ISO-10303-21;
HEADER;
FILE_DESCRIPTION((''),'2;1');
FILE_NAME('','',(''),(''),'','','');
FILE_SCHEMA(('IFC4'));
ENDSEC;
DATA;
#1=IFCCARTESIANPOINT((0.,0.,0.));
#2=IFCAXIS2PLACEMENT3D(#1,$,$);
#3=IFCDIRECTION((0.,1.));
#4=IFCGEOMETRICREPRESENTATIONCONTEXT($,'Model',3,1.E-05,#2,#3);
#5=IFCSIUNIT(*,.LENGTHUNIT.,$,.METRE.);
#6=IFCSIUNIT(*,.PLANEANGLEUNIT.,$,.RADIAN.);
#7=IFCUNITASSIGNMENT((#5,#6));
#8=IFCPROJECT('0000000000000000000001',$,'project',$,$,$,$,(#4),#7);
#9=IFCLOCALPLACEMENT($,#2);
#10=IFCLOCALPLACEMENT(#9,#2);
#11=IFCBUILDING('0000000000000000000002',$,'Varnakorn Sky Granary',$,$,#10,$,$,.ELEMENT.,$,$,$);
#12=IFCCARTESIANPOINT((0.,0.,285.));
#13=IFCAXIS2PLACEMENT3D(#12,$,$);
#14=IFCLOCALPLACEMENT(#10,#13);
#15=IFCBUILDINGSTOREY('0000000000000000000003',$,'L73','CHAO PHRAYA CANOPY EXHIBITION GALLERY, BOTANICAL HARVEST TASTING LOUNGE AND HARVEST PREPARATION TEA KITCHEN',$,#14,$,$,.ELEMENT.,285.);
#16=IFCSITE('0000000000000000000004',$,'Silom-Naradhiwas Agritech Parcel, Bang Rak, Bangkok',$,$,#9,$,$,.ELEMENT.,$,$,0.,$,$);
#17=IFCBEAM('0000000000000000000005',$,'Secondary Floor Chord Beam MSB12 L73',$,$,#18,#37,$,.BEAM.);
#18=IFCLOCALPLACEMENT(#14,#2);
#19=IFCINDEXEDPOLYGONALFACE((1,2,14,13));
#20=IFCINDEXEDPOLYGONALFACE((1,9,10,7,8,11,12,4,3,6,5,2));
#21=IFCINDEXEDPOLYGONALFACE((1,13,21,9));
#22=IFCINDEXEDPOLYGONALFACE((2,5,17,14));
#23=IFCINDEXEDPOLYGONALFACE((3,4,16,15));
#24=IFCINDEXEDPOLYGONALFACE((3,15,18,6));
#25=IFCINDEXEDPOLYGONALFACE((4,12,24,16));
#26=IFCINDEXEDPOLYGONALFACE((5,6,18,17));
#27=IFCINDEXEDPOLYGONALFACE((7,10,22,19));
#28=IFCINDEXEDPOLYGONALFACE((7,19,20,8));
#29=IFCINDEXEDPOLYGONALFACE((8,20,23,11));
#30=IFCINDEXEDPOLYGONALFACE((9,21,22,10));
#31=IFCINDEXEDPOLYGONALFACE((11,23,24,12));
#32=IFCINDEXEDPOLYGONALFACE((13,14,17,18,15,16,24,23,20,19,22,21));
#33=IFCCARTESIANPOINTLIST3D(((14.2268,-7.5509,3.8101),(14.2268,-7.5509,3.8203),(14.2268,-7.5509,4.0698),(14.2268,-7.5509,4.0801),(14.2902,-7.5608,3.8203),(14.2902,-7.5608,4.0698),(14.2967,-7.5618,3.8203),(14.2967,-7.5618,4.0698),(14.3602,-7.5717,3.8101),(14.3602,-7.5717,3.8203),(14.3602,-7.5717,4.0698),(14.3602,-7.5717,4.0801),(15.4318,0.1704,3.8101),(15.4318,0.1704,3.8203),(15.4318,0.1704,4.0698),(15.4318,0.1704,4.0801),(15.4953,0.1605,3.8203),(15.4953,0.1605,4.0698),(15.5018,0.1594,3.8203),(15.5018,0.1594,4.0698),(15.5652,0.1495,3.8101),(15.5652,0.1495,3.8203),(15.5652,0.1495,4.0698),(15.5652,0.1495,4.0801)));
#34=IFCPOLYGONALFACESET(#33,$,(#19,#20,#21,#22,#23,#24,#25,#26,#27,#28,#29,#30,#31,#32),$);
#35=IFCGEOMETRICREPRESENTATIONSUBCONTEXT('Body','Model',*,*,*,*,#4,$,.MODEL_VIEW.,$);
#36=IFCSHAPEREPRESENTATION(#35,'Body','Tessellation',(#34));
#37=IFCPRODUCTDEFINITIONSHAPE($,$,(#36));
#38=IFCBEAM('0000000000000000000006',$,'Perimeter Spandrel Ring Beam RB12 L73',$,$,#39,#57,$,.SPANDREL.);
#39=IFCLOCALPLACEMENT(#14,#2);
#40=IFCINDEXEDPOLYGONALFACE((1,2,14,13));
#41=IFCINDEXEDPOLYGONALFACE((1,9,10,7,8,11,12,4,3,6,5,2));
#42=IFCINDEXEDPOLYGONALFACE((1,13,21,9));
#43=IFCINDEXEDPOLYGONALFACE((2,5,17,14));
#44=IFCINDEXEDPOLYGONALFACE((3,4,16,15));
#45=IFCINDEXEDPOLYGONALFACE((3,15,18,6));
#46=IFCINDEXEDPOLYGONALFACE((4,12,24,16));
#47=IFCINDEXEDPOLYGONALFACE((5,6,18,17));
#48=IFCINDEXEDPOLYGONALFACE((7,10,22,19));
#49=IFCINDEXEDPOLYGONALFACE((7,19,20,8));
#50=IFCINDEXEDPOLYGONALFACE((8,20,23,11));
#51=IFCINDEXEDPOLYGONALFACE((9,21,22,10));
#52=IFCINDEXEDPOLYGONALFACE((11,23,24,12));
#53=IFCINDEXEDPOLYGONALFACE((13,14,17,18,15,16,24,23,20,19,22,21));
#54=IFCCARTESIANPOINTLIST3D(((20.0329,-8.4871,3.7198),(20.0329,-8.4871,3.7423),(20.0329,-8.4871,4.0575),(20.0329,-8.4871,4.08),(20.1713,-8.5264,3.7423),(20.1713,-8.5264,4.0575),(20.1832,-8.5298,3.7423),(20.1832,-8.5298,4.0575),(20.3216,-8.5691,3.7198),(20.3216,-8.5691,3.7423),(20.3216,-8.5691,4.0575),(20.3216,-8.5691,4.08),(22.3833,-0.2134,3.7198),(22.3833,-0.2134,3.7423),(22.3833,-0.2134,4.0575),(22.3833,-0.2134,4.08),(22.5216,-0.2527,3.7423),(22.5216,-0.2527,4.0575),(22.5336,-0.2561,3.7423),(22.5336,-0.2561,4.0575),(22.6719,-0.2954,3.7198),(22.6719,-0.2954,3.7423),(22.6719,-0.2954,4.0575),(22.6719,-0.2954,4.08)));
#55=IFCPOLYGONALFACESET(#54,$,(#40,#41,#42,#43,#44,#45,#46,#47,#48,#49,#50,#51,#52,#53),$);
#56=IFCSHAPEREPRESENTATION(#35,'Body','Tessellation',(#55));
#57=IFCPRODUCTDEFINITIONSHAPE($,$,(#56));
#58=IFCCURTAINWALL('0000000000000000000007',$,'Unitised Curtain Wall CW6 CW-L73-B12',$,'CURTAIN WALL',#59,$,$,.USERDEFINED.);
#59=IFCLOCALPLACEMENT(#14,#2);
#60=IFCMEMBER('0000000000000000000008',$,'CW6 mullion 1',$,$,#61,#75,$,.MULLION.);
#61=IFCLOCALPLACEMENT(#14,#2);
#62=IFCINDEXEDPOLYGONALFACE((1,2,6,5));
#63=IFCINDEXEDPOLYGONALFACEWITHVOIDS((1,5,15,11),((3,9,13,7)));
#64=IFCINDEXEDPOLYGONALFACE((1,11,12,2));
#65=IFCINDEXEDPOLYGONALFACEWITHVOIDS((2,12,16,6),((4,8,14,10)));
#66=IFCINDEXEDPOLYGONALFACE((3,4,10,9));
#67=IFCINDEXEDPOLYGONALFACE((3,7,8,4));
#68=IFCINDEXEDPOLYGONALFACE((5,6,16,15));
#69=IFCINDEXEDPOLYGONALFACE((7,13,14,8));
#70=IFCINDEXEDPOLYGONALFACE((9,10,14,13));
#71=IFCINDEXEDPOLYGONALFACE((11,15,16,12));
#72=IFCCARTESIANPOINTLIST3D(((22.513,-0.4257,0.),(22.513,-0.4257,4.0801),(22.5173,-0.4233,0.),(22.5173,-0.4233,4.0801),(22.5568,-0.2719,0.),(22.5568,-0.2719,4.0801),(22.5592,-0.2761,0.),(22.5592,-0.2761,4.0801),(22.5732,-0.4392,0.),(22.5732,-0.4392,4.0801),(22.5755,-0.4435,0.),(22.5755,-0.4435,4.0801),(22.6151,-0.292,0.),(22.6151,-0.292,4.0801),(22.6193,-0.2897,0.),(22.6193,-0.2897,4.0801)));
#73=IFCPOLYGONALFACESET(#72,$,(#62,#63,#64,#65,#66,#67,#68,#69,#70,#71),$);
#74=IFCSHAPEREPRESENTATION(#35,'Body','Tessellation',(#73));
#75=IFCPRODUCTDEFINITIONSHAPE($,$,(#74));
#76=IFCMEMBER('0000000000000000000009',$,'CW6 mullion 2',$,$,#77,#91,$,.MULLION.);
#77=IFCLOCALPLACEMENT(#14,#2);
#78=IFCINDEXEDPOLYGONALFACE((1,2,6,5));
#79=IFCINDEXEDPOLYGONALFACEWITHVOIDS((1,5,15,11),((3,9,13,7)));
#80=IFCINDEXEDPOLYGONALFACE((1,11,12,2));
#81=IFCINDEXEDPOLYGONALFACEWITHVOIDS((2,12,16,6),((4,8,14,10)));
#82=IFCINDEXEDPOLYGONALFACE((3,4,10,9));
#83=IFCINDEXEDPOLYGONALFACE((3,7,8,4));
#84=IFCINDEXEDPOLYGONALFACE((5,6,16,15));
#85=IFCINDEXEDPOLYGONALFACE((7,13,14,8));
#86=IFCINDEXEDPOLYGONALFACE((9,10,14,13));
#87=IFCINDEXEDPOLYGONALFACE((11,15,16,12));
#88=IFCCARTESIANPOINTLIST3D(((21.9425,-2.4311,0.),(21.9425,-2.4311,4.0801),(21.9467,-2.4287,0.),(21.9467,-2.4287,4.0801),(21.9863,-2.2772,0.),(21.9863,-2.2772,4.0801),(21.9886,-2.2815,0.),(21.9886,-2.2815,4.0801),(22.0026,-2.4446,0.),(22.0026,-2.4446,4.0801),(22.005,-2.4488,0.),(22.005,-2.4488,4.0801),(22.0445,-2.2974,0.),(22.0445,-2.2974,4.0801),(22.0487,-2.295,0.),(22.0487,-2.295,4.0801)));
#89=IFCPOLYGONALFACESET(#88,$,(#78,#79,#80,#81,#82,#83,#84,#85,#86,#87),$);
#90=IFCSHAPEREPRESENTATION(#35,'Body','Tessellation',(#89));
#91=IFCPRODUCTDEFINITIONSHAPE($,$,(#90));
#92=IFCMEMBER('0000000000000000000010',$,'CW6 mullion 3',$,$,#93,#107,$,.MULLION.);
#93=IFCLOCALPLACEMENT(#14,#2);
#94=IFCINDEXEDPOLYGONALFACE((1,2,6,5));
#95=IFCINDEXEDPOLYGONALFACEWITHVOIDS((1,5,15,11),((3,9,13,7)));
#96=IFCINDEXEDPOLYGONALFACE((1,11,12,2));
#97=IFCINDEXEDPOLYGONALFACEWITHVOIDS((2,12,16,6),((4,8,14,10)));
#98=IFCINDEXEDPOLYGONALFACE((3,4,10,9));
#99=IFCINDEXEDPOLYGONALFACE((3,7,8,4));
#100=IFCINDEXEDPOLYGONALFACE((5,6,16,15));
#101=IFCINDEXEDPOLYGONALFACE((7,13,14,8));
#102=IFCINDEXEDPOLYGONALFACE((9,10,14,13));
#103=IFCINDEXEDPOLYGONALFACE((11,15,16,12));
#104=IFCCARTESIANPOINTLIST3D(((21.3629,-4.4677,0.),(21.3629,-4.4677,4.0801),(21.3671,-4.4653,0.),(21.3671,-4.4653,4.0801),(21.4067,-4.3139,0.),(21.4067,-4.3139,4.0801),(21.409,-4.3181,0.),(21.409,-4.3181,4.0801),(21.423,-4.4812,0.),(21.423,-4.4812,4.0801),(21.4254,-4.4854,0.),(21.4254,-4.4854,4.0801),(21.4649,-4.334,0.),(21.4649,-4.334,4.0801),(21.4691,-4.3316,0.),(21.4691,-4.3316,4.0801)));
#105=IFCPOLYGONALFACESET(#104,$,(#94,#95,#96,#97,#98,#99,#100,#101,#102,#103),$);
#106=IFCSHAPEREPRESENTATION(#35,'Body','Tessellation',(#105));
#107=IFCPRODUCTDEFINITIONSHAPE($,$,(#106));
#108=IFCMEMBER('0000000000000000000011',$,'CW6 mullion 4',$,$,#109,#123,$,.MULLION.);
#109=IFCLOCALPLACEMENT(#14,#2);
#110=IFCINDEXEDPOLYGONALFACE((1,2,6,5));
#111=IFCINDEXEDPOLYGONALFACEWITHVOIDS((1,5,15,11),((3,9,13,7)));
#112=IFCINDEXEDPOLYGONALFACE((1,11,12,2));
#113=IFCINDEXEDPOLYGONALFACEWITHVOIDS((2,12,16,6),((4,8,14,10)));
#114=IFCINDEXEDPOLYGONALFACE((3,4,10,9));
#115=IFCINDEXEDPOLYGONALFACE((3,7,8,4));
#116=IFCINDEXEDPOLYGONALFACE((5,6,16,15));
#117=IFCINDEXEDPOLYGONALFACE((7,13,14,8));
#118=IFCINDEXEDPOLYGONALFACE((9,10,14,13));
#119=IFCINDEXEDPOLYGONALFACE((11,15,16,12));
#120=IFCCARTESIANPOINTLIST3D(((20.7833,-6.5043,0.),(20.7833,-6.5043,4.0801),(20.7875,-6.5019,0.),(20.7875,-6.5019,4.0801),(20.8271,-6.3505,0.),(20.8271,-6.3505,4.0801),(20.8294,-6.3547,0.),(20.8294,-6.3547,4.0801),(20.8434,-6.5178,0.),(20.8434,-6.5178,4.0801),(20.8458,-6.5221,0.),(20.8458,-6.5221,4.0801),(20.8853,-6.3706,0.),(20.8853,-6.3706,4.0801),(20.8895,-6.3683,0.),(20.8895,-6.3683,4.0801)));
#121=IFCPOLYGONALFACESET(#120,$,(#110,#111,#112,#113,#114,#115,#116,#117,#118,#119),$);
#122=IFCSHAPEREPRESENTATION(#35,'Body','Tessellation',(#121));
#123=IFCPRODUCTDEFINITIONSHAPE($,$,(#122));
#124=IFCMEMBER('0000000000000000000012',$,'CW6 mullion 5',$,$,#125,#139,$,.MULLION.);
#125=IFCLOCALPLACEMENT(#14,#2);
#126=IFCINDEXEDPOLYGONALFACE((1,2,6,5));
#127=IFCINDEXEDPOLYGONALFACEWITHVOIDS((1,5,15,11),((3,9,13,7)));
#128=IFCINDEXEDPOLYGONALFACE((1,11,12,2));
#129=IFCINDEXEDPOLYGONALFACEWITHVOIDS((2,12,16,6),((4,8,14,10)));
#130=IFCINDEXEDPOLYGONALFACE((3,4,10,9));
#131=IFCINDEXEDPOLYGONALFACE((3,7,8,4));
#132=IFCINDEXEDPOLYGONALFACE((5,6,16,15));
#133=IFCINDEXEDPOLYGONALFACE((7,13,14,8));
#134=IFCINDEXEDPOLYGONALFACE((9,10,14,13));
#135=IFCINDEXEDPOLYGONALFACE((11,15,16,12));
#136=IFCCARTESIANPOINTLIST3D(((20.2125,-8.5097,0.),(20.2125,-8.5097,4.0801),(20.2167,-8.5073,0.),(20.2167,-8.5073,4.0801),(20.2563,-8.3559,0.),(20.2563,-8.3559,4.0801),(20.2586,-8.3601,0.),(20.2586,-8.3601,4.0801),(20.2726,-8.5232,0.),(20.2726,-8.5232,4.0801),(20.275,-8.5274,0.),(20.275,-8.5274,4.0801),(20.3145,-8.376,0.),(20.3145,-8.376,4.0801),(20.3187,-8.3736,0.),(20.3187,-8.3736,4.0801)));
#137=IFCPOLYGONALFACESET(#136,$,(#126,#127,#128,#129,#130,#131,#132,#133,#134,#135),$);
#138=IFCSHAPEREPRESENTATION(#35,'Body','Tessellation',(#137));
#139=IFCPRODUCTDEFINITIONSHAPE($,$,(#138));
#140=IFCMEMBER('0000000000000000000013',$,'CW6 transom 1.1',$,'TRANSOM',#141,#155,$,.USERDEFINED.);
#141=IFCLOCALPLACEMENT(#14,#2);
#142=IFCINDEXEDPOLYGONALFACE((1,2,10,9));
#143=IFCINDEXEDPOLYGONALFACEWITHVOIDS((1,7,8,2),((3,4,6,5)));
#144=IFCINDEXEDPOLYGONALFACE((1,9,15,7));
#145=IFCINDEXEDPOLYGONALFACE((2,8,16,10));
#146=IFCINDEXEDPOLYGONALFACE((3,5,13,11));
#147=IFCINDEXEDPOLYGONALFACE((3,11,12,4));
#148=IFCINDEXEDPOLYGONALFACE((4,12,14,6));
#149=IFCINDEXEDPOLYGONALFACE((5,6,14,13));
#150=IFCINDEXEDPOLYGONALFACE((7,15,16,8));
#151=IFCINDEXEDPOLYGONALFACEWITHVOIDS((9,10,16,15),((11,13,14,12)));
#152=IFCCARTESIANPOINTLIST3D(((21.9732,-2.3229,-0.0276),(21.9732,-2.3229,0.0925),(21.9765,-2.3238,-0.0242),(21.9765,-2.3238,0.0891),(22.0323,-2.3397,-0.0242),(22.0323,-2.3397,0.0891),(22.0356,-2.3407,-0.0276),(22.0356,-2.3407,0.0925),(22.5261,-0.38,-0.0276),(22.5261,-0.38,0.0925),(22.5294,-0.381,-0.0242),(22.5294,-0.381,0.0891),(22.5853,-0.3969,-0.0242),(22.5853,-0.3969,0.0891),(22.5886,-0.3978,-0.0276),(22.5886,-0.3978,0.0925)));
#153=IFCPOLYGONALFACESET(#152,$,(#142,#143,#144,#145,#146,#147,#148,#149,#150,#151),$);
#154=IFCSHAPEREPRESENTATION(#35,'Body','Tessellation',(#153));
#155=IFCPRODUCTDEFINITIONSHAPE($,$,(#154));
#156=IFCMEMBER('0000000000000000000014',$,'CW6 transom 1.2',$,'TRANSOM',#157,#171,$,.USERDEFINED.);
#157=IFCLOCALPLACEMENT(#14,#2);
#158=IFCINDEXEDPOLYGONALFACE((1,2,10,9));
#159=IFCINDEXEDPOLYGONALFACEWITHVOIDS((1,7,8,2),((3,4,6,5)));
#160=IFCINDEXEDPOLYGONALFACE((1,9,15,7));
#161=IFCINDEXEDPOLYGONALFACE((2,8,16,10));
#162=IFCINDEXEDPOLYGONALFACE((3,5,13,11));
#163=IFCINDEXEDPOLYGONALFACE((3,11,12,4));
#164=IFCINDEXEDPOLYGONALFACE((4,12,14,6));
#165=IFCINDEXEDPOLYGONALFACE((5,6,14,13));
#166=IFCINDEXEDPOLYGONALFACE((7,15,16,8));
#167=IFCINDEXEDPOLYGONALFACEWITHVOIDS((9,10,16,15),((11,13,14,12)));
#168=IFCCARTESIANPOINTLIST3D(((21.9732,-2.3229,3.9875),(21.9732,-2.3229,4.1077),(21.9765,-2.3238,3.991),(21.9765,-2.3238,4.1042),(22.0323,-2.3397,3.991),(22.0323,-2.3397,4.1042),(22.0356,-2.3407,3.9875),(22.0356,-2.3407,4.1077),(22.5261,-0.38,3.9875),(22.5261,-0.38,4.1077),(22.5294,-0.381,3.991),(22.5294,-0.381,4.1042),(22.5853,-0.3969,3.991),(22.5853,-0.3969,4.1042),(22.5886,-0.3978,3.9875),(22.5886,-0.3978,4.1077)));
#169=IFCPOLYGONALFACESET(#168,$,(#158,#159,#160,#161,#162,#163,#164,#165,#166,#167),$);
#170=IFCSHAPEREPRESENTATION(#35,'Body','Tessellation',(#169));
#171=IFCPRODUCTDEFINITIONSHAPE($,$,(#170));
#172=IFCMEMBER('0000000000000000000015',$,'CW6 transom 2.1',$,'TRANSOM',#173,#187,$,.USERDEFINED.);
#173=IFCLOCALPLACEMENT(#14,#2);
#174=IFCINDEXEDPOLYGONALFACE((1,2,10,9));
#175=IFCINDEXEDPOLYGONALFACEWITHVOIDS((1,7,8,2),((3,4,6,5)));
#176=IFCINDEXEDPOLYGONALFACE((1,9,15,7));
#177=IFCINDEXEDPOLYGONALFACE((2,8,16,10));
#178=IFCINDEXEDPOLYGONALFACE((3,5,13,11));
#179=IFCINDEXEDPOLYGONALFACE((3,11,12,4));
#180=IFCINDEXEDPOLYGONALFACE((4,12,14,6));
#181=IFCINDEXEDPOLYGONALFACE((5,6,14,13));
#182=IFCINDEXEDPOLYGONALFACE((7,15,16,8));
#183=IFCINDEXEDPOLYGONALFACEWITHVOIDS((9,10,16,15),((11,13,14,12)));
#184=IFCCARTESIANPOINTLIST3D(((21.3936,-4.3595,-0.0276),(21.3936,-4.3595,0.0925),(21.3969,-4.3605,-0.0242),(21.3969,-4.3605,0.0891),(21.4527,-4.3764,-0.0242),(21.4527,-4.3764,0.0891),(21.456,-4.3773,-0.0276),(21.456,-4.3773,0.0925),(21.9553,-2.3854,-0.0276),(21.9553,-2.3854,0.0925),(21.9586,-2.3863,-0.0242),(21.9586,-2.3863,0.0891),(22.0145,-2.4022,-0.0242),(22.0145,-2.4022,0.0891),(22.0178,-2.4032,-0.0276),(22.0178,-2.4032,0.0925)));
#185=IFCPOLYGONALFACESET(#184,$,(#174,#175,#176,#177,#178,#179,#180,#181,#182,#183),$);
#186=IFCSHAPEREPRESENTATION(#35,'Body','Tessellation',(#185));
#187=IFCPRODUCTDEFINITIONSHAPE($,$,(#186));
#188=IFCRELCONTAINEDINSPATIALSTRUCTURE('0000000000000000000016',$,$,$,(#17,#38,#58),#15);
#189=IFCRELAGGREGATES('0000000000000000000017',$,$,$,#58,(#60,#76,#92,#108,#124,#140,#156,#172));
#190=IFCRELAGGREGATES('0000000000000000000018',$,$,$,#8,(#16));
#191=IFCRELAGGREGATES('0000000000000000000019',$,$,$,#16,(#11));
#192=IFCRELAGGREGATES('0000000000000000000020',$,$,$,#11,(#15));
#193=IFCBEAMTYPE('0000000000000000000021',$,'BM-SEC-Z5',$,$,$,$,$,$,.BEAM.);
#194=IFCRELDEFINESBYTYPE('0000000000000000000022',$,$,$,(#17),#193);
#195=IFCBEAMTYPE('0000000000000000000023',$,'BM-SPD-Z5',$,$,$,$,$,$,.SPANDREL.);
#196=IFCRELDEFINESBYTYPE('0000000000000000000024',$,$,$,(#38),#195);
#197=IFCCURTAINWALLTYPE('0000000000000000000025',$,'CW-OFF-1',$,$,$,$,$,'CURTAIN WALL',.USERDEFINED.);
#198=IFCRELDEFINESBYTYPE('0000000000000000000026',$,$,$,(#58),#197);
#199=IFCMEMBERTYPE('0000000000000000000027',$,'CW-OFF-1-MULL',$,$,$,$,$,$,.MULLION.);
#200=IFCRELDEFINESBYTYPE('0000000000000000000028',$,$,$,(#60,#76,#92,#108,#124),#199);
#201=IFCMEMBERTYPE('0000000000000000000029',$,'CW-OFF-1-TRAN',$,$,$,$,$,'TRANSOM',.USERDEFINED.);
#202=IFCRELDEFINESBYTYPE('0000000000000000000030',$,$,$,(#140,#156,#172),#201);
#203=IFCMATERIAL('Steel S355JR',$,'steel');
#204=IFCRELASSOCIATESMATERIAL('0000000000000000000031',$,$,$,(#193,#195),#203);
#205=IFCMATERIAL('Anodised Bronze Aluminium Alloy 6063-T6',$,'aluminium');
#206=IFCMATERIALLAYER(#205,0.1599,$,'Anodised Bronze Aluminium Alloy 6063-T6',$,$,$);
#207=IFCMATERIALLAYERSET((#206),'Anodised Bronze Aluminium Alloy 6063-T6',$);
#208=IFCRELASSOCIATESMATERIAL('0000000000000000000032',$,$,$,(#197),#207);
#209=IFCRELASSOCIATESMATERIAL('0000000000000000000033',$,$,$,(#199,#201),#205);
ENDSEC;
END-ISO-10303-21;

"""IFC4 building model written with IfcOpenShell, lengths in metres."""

from ifc_helpers import new_model, si_unit, direction, frame, origin, origin_2d, place, context, subcontext, project, spatial, hollow_rectangle, i_section, extrude, material, layer, layer_set, material_profile, profile_set, type_object, element, aggregate, save


model = new_model("IFC4")

# Units and contexts
model_context = context("Model", 3, precision=1e-05, world=origin(), true_north=direction((0.0, 1.0)))
body_context = subcontext(model_context, "Body", "Model", "MODEL_VIEW")
ifc_project = project(units=[si_unit("LENGTHUNIT", "METRE"), si_unit("PLANEANGLEUNIT", "RADIAN")], contexts=[model_context])

# Site, building, storey
site_placement = place(None, origin())
site = spatial("IfcSite", under=ifc_project, at=site_placement, Name="Silom-Naradhiwas Agritech Parcel, Bang Rak, Bangkok", CompositionType="ELEMENT", RefElevation=0.0)
building_placement = place(site_placement, origin())
building = spatial("IfcBuilding", under=site, at=building_placement, Name="Varnakorn Sky Granary", CompositionType="ELEMENT")
storey_placement = place(building_placement, frame((0.0, 0.0, 285.0)))
storey = spatial("IfcBuildingStorey", under=building, at=storey_placement, Name="L73", Description="CHAO PHRAYA CANOPY EXHIBITION GALLERY, BOTANICAL HARVEST TASTING LOUNGE AND HARVEST PREPARATION TEA KITCHEN", CompositionType="ELEMENT", Elevation=285.0)

# Beams
ifc_material_1 = material(Name="Steel S355JR", Category="steel")
ifc_material_profile_1 = material_profile(ifc_material_1, i_section(OverallWidth=0.135, OverallDepth=0.27, WebThickness=0.0066, FlangeThickness=0.0103, at=origin_2d()), Name="IPE 270")
ifc_profile_set_1 = profile_set([ifc_material_profile_1], Name="Steel S355JR")
beam_type_1 = type_object("IfcBeamType", Name="BM-SEC-Z5", PredefinedType="BEAM", material=ifc_profile_set_1)
beam_1_placement = place(storey_placement, frame((14.2935, -7.5613, 3.9451), z_axis=(0.154207, 0.988039, 0.0), x_axis=(-0.988039, 0.154207, 0.0)))
element("IfcBeam", 1, at=beam_1_placement, inside=storey, type_object=beam_type_1, Name="Secondary Floor Chord Beam MSB12 L73", PredefinedType="BEAM", context=body_context, shape_type="SweptSolid", body=[
    extrude(i_section(OverallWidth=0.135, OverallDepth=0.27, WebThickness=0.0066, FlangeThickness=0.0103, at=origin_2d()), origin(), (0.0, 0.0, 1.0), 7.8147),
])
ifc_material_profile_2 = material_profile(ifc_material_1, i_section(OverallWidth=0.3, OverallDepth=0.3601, WebThickness=0.0125, FlangeThickness=0.0225, at=origin_2d()), Name="HE 360 B")
ifc_profile_set_2 = profile_set([ifc_material_profile_2], Name="Steel S355JR")
beam_type_2 = type_object("IfcBeamType", Name="BM-SPD-Z5", PredefinedType="SPANDREL", material=ifc_profile_set_2)
beam_2_placement = place(storey_placement, frame((20.1772, -8.5281, 3.8999), z_axis=(0.273262, 0.96194, 0.0), x_axis=(-0.96194, 0.273262, 0.0)))
element("IfcBeam", 2, at=beam_2_placement, inside=storey, type_object=beam_type_2, Name="Perimeter Spandrel Ring Beam RB12 L73", PredefinedType="SPANDREL", context=body_context, shape_type="SweptSolid", body=[
    extrude(i_section(OverallWidth=0.3, OverallDepth=0.3601, WebThickness=0.0125, FlangeThickness=0.0225, at=origin_2d()), origin(), (0.0, 0.0, 1.0), 8.6011),
])

# Curtain wall, members
ifc_material_2 = material(Name="Anodised Bronze Aluminium Alloy 6063-T6", Category="aluminium")
ifc_layer_1 = layer(ifc_material_2, 0.1599, Name="Anodised Bronze Aluminium Alloy 6063-T6")
ifc_layer_set_1 = layer_set([ifc_layer_1], Name="Anodised Bronze Aluminium Alloy 6063-T6")
curtain_wall_type = type_object("IfcCurtainWallType", Name="CW-OFF-1", ElementType="CURTAIN WALL", PredefinedType="USERDEFINED", material=ifc_layer_set_1)
curtain_wall_placement = place(storey_placement, origin())
curtain_wall = element("IfcCurtainWall", 3, at=curtain_wall_placement, inside=storey, type_object=curtain_wall_type, Name="Unitised Curtain Wall CW6 CW-L73-B12", ObjectType="CURTAIN WALL", PredefinedType="USERDEFINED")
ifc_material_profile_3 = material_profile(ifc_material_2, hollow_rectangle(XDim=0.0649, YDim=0.1599, WallThickness=0.0034, at=origin_2d()), Name="ALU MULL 65x160")
ifc_profile_set_3 = profile_set([ifc_material_profile_3], Name="Anodised Bronze Aluminium Alloy 6063-T6")
member_type_1 = type_object("IfcMemberType", Name="CW-OFF-1-MULL", PredefinedType="MULLION", material=ifc_profile_set_3)
member_1_placement = place(storey_placement, frame((22.5662, -0.3577, 0.0), z_axis=(0.0, 0.0, 1.0), x_axis=(0.961813, -0.273709, 0.0)))
member_1 = element("IfcMember", 4, at=member_1_placement, type_object=member_type_1, Name="CW6 mullion 1", PredefinedType="MULLION", context=body_context, shape_type="SweptSolid", body=[
    extrude(hollow_rectangle(XDim=0.0649, YDim=0.1599, WallThickness=0.0034, at=origin_2d()), origin(), (0.0, 0.0, 1.0), 4.0801),
])
member_2_placement = place(storey_placement, frame((21.9956, -2.363, 0.0), z_axis=(0.0, 0.0, 1.0), x_axis=(0.961813, -0.273709, 0.0)))
member_2 = element("IfcMember", 5, at=member_2_placement, type_object=member_type_1, Name="CW6 mullion 2", PredefinedType="MULLION", context=body_context, shape_type="SweptSolid", body=[
    extrude(hollow_rectangle(XDim=0.0649, YDim=0.1599, WallThickness=0.0034, at=origin_2d()), origin(), (0.0, 0.0, 1.0), 4.0801),
])
member_3_placement = place(storey_placement, frame((21.416, -4.3997, 0.0), z_axis=(0.0, 0.0, 1.0), x_axis=(0.961813, -0.273709, 0.0)))
member_3 = element("IfcMember", 6, at=member_3_placement, type_object=member_type_1, Name="CW6 mullion 3", PredefinedType="MULLION", context=body_context, shape_type="SweptSolid", body=[
    extrude(hollow_rectangle(XDim=0.0649, YDim=0.1599, WallThickness=0.0034, at=origin_2d()), origin(), (0.0, 0.0, 1.0), 4.0801),
])
member_4_placement = place(storey_placement, frame((20.8364, -6.4363, 0.0), z_axis=(0.0, 0.0, 1.0), x_axis=(0.961813, -0.273709, 0.0)))
member_4 = element("IfcMember", 7, at=member_4_placement, type_object=member_type_1, Name="CW6 mullion 4", PredefinedType="MULLION", context=body_context, shape_type="SweptSolid", body=[
    extrude(hollow_rectangle(XDim=0.0649, YDim=0.1599, WallThickness=0.0034, at=origin_2d()), origin(), (0.0, 0.0, 1.0), 4.0801),
])
member_5_placement = place(storey_placement, frame((20.2656, -8.4417, 0.0), z_axis=(0.0, 0.0, 1.0), x_axis=(0.961813, -0.273709, 0.0)))
member_5 = element("IfcMember", 8, at=member_5_placement, type_object=member_type_1, Name="CW6 mullion 5", PredefinedType="MULLION", context=body_context, shape_type="SweptSolid", body=[
    extrude(hollow_rectangle(XDim=0.0649, YDim=0.1599, WallThickness=0.0034, at=origin_2d()), origin(), (0.0, 0.0, 1.0), 4.0801),
])
ifc_material_profile_4 = material_profile(ifc_material_2, hollow_rectangle(XDim=0.0649, YDim=0.1201, WallThickness=0.0034, at=origin_2d()), Name="ALU TRAN 65x120")
ifc_profile_set_4 = profile_set([ifc_material_profile_4], Name="Anodised Bronze Aluminium Alloy 6063-T6")
member_type_2 = type_object("IfcMemberType", Name="CW-OFF-1-TRAN", ElementType="TRANSOM", PredefinedType="USERDEFINED", material=ifc_profile_set_4)
member_6_placement = place(storey_placement, frame((22.5574, -0.3889, 0.0325), z_axis=(-0.273747, -0.961802, 0.0), x_axis=(0.961802, -0.273747, 0.0)))
member_6 = element("IfcMember", 9, at=member_6_placement, type_object=member_type_2, Name="CW6 transom 1.1", ObjectType="TRANSOM", PredefinedType="USERDEFINED", context=body_context, shape_type="SweptSolid", body=[
    extrude(hollow_rectangle(XDim=0.0649, YDim=0.1201, WallThickness=0.0034, at=origin_2d()), origin(), (0.0, 0.0, 1.0), 2.02),
])
member_7_placement = place(storey_placement, frame((22.5574, -0.3889, 4.0476), z_axis=(-0.273747, -0.961802, 0.0), x_axis=(0.961802, -0.273747, 0.0)))
member_7 = element("IfcMember", 10, at=member_7_placement, type_object=member_type_2, Name="CW6 transom 1.2", ObjectType="TRANSOM", PredefinedType="USERDEFINED", context=body_context, shape_type="SweptSolid", body=[
    extrude(hollow_rectangle(XDim=0.0649, YDim=0.1201, WallThickness=0.0034, at=origin_2d()), origin(), (0.0, 0.0, 1.0), 2.02),
])
member_8_placement = place(storey_placement, frame((21.9866, -2.3943, 0.0325), z_axis=(-0.2737, -0.961815, 0.0), x_axis=(0.961815, -0.2737, 0.0)))
member_8 = element("IfcMember", 11, at=member_8_placement, type_object=member_type_2, Name="CW6 transom 2.1", ObjectType="TRANSOM", PredefinedType="USERDEFINED", context=body_context, shape_type="SweptSolid", body=[
    extrude(hollow_rectangle(XDim=0.0649, YDim=0.1201, WallThickness=0.0034, at=origin_2d()), origin(), (0.0, 0.0, 1.0), 2.0525),
])

aggregate(curtain_wall, [member_1, member_2, member_3, member_4, member_5, member_6, member_7, member_8])

save(model, "model.ifc")
